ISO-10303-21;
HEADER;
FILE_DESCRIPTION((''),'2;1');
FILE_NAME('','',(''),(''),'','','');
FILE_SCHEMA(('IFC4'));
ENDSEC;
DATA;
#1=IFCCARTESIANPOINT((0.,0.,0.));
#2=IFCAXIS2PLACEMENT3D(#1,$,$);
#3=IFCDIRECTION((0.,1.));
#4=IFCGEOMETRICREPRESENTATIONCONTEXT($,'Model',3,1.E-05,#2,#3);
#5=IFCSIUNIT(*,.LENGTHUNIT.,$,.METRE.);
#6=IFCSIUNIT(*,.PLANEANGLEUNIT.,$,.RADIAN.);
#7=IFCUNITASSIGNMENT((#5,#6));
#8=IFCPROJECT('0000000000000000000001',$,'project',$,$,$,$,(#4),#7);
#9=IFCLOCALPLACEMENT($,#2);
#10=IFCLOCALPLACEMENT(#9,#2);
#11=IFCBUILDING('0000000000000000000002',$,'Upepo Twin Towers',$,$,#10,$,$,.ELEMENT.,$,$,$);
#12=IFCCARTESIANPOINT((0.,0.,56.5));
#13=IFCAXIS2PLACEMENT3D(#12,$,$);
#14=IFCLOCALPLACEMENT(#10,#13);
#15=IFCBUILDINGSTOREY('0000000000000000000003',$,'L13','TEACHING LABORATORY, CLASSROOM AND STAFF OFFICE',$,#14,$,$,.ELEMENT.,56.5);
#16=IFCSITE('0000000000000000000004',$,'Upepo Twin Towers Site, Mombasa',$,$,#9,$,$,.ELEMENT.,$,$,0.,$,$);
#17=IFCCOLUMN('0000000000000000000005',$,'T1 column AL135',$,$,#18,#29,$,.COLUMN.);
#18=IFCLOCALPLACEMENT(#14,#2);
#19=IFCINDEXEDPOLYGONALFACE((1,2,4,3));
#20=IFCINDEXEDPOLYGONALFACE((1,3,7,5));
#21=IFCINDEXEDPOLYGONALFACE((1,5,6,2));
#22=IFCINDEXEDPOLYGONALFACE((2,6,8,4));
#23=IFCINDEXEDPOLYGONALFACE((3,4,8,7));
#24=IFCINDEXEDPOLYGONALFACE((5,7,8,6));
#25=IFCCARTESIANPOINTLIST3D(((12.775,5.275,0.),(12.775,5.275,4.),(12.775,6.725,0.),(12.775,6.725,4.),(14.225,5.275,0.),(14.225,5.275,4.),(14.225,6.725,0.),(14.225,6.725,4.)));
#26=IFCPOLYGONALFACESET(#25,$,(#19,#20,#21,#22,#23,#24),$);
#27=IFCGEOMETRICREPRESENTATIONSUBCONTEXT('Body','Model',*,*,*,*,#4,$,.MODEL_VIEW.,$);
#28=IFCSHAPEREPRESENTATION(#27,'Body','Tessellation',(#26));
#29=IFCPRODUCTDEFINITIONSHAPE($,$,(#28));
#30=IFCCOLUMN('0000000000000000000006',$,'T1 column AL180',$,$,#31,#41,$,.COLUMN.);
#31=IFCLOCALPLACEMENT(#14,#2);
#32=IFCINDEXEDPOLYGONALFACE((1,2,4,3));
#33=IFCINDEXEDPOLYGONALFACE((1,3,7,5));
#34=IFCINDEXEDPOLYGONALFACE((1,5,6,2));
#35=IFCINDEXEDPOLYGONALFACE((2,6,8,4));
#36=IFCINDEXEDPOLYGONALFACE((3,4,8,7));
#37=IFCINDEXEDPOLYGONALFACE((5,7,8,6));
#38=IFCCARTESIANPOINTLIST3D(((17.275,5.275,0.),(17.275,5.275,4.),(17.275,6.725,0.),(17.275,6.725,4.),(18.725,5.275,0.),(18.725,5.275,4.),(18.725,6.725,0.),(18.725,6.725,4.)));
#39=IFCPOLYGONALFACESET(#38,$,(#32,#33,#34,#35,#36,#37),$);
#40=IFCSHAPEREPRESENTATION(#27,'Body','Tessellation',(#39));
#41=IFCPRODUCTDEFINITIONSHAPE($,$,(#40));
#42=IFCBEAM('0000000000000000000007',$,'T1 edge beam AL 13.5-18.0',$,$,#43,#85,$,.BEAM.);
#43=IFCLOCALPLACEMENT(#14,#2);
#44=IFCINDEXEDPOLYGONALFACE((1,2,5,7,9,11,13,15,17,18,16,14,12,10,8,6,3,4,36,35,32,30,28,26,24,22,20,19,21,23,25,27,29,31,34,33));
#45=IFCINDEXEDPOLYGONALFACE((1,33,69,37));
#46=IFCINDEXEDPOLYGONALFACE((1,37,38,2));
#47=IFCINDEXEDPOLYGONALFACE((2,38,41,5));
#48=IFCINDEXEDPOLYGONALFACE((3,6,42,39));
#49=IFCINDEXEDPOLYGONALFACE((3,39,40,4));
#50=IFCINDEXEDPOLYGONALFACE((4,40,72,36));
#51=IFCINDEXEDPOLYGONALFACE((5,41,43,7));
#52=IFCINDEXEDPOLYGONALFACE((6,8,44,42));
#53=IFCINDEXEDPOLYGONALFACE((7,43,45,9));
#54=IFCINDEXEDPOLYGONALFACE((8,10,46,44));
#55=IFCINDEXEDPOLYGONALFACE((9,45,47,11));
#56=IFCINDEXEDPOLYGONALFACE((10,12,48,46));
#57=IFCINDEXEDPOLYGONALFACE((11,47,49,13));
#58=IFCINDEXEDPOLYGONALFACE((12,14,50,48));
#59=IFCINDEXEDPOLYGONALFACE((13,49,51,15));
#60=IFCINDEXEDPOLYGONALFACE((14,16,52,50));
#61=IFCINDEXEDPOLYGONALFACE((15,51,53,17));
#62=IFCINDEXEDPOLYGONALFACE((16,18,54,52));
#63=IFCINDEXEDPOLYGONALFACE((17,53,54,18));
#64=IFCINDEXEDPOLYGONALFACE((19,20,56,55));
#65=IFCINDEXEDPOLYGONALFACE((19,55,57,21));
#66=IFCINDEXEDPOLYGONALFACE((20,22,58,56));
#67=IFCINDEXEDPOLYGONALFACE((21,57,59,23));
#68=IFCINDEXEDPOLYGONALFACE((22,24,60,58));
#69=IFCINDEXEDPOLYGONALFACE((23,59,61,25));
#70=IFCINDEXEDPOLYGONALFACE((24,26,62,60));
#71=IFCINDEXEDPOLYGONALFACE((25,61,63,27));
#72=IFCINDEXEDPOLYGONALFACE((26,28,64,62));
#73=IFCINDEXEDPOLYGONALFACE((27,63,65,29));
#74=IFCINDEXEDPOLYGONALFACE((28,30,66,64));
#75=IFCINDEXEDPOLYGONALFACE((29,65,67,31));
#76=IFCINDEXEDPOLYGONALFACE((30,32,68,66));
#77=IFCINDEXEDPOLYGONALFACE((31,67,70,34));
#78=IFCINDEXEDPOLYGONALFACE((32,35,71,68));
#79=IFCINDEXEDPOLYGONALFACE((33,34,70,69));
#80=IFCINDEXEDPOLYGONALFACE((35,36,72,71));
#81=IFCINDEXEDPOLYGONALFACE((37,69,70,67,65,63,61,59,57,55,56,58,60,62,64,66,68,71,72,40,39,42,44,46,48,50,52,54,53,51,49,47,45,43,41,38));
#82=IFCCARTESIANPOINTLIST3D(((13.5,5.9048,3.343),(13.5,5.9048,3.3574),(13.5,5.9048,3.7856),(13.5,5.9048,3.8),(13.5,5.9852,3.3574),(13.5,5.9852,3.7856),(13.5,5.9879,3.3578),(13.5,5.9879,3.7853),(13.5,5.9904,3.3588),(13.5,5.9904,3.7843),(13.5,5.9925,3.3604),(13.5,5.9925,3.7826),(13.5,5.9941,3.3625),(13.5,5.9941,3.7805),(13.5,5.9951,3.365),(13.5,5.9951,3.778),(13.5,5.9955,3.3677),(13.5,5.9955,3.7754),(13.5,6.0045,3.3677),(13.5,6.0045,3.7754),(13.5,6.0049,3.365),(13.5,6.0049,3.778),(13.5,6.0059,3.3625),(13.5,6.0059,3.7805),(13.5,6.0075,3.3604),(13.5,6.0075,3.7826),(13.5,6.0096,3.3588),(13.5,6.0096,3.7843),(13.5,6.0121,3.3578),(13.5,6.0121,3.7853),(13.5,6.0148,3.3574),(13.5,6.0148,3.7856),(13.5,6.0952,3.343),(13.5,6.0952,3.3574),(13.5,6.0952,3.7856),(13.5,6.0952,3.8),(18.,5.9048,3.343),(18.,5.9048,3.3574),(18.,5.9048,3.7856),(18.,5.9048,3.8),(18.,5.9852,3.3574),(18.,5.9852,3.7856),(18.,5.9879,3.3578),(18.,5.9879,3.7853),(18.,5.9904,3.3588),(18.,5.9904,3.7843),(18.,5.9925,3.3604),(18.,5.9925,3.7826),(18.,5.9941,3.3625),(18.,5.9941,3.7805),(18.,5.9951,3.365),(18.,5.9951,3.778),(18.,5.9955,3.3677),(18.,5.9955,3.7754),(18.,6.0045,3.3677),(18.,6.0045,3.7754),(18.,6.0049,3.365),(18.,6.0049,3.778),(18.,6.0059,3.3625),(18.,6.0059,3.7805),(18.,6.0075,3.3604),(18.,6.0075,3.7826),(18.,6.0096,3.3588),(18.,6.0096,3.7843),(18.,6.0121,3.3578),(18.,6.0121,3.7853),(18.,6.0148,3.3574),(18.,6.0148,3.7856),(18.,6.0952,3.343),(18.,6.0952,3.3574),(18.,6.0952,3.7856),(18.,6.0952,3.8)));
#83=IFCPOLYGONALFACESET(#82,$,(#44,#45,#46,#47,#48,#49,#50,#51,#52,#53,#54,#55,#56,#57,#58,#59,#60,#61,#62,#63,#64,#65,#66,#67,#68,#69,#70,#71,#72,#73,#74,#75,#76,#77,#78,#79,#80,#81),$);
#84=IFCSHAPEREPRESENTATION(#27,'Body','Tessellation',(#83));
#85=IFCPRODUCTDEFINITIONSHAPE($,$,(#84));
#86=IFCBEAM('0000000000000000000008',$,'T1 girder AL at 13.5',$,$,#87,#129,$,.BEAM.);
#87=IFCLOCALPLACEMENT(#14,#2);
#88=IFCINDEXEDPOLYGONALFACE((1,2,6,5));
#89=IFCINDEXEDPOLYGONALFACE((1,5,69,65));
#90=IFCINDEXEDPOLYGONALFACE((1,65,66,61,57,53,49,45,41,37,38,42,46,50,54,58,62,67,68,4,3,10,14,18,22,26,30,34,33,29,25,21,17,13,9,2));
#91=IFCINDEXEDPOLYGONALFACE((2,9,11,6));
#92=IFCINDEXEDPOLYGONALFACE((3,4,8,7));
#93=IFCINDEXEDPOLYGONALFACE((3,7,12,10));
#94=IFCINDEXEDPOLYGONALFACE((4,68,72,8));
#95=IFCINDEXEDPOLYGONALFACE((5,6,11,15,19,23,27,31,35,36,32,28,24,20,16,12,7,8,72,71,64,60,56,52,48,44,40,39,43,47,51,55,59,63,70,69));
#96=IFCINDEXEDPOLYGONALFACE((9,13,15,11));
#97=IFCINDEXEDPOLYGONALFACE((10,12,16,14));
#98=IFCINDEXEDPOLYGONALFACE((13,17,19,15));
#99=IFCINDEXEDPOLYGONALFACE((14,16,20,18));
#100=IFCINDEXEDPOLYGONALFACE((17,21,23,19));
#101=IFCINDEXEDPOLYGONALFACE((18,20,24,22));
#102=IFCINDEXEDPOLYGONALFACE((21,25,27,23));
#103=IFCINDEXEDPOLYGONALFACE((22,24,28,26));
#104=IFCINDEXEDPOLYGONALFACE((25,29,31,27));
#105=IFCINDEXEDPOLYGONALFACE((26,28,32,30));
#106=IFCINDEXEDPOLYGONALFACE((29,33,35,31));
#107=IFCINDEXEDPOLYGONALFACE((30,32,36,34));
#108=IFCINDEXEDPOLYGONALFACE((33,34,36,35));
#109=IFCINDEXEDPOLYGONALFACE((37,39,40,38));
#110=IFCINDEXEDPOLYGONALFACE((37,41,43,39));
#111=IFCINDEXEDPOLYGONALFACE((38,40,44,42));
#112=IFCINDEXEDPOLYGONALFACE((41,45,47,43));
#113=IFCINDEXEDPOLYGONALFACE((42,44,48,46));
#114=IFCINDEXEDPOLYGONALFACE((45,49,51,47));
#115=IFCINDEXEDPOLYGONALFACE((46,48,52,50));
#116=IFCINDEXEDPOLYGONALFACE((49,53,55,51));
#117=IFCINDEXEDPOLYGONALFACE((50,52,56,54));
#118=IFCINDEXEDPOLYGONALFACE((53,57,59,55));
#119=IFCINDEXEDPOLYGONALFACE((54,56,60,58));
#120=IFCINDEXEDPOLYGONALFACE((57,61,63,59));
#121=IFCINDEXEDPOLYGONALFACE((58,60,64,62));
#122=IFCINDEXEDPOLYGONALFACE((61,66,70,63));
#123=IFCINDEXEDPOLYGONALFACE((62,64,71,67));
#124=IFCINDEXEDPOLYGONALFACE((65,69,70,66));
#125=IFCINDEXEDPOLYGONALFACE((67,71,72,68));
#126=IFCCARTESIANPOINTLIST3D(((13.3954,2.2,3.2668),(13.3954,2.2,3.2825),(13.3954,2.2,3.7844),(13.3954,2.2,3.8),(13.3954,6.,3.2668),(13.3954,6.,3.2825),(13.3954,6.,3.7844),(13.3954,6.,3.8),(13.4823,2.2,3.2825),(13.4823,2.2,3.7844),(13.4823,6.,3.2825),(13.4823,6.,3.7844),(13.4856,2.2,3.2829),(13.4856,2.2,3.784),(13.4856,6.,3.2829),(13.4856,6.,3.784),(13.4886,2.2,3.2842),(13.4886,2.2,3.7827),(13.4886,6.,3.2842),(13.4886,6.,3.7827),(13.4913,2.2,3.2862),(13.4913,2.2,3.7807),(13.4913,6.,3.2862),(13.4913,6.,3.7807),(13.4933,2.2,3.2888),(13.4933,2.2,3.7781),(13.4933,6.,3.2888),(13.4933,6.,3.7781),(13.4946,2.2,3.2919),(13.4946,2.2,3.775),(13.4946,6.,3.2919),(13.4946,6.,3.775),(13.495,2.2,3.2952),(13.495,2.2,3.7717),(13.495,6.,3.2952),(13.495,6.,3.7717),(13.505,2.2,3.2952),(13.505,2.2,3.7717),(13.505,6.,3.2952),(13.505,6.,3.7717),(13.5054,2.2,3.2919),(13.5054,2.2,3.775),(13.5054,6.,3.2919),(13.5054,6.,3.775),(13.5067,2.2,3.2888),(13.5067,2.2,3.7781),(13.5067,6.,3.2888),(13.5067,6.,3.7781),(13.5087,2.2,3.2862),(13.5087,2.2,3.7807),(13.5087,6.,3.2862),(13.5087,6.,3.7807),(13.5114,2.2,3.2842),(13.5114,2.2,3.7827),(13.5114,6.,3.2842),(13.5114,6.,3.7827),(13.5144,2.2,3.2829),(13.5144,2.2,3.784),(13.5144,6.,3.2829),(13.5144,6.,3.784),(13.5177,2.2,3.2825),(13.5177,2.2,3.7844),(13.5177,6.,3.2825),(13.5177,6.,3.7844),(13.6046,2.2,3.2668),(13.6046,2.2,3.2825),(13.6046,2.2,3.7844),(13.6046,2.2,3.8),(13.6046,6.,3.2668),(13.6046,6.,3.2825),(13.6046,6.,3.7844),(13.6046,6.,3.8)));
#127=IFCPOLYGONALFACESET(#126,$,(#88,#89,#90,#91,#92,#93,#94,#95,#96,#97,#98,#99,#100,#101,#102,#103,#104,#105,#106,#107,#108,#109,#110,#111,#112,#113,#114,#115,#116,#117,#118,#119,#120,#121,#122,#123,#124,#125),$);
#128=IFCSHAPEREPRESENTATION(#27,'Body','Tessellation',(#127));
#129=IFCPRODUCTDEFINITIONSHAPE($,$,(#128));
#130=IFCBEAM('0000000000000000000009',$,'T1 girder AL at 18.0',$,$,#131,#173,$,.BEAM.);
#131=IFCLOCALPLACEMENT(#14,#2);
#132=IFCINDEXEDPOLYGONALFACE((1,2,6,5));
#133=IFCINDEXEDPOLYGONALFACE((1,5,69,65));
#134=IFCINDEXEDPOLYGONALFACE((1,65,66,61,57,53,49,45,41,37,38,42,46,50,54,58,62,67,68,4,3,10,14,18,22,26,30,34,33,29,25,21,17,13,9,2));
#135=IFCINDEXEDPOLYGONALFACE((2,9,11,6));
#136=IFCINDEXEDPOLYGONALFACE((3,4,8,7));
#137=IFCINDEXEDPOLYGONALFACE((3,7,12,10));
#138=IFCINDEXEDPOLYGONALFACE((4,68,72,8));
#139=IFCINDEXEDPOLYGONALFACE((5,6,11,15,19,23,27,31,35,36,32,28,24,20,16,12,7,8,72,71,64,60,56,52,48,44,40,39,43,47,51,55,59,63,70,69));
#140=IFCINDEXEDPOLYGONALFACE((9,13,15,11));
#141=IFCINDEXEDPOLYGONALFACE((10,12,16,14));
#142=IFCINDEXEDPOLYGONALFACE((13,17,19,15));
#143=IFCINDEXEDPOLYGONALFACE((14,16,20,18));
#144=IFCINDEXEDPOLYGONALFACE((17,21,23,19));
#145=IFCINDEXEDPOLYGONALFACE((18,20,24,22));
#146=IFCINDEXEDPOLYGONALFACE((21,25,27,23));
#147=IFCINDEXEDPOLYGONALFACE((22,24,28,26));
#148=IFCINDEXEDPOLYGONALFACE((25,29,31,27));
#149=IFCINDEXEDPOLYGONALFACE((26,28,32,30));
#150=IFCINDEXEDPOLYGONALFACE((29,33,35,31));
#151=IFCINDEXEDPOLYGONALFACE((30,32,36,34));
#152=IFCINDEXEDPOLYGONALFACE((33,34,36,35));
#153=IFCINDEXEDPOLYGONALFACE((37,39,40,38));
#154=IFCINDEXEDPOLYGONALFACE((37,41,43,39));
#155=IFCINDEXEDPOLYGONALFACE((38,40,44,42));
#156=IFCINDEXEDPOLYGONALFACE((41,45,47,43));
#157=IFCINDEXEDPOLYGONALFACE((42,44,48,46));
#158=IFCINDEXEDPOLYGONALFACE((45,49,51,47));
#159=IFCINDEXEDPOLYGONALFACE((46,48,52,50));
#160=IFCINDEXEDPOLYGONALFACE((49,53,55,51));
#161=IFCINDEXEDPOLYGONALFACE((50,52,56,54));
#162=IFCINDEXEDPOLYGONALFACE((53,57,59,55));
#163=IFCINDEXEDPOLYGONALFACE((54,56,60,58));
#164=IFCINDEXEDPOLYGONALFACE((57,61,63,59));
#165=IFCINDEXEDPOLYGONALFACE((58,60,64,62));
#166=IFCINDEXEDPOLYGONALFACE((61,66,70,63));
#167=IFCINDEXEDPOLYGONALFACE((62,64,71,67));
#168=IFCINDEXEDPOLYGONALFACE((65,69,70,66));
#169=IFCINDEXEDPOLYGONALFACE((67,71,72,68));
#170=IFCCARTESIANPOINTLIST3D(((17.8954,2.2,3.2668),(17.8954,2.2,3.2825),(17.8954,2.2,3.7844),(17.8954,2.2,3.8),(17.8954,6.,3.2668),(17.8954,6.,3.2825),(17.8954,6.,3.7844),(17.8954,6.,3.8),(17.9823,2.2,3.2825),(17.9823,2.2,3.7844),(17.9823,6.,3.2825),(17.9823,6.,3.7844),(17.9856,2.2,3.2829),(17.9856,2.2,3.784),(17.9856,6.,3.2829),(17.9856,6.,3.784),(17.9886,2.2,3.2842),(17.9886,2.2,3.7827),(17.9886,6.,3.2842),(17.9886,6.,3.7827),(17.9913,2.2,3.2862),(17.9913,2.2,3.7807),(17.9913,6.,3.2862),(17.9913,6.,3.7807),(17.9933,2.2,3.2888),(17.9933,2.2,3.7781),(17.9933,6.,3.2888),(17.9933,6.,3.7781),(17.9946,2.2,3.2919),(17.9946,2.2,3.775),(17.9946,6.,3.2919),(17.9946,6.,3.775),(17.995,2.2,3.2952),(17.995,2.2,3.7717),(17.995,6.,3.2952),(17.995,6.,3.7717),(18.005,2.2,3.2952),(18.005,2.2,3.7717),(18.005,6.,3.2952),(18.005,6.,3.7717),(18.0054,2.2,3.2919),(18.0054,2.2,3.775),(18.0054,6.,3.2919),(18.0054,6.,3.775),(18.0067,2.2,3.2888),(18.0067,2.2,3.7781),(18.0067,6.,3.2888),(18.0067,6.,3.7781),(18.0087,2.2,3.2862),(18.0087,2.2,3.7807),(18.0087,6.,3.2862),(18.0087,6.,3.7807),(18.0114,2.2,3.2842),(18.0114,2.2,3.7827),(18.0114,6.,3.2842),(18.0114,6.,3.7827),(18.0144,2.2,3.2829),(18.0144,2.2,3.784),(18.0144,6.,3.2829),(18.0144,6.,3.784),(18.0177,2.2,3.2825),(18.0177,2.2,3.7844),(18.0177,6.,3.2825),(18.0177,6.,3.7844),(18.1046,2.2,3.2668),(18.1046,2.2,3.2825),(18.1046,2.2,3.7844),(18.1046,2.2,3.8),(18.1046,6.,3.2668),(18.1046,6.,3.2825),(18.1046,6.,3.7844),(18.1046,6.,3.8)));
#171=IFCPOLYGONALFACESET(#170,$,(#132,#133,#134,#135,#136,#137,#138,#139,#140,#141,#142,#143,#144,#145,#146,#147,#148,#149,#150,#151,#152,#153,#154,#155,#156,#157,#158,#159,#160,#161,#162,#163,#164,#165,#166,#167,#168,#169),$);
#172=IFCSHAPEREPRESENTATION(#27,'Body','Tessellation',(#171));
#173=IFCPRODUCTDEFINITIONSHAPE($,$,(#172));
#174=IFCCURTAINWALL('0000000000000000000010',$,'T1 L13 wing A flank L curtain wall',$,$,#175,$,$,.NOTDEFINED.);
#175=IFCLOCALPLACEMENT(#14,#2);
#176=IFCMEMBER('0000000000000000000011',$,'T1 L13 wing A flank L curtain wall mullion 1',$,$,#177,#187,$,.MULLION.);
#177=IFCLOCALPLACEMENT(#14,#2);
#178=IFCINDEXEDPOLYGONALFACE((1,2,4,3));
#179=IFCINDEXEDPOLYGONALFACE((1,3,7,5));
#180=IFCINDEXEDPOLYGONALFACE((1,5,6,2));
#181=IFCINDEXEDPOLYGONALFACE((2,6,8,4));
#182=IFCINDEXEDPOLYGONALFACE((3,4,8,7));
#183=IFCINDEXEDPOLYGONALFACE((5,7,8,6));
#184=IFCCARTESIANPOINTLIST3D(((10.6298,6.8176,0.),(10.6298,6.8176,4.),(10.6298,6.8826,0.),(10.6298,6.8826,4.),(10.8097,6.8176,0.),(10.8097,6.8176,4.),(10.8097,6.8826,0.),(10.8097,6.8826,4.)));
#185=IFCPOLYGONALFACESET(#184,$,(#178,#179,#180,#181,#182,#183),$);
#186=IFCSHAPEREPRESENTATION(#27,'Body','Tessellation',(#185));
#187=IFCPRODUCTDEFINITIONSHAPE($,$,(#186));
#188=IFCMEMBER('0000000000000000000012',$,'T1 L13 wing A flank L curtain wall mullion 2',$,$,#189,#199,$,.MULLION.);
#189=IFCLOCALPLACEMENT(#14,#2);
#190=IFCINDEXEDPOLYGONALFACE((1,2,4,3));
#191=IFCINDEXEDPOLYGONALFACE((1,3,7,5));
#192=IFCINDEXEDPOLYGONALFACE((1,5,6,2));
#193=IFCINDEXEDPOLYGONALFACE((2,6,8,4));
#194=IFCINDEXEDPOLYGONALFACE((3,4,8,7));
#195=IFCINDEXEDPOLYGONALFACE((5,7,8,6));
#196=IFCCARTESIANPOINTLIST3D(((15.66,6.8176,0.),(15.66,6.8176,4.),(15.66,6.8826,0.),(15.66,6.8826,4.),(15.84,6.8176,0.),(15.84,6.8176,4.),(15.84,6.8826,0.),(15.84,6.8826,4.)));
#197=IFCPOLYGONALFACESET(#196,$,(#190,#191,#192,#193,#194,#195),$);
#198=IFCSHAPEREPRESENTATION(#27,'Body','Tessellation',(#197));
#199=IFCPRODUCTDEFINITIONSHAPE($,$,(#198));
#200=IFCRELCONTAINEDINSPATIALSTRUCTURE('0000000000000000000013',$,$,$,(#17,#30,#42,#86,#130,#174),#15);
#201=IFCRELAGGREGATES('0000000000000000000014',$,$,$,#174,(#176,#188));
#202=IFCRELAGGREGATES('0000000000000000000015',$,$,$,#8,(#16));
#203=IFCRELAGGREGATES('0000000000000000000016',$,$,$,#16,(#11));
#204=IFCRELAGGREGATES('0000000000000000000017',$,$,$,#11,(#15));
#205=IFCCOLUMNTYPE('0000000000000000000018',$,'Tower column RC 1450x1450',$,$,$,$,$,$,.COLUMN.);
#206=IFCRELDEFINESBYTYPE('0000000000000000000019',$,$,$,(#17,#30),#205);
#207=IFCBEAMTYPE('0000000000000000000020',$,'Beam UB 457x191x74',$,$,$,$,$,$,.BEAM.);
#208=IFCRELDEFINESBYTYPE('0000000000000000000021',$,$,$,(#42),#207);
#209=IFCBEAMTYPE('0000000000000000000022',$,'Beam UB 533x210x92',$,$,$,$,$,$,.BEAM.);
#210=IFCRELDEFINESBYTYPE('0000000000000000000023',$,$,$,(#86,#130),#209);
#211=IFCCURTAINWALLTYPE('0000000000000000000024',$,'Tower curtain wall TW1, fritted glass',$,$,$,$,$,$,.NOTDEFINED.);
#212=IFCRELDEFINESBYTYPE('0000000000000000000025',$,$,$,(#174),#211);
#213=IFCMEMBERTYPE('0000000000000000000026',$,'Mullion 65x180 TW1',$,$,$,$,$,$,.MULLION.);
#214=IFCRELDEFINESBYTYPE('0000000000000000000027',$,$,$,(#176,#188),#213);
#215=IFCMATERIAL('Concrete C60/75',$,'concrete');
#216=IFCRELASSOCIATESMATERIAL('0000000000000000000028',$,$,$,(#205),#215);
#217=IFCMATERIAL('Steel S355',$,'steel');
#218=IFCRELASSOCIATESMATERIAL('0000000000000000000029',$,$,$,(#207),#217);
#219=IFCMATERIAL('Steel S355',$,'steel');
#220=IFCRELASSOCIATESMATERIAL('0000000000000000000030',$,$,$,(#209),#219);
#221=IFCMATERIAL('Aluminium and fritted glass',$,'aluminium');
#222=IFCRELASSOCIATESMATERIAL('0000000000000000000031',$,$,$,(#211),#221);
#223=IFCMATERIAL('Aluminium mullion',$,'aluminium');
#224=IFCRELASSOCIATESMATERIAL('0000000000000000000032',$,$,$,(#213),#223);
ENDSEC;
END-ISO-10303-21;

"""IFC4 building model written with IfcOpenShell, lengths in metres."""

from ifc_helpers import new_model, si_unit, direction, frame, origin, origin_2d, place, context, subcontext, project, spatial, rectangle, i_section, extrude, material, material_profile, profile_set, type_object, element, aggregate, save


model = new_model("IFC4")

# Units and contexts
model_context = context("Model", 3, precision=1e-05, world=origin(), true_north=direction((0.0, 1.0)))
body_context = subcontext(model_context, "Body", "Model", "MODEL_VIEW")
ifc_project = project(units=[si_unit("LENGTHUNIT", "METRE"), si_unit("PLANEANGLEUNIT", "RADIAN")], contexts=[model_context])

# Site, building, storey
site_placement = place(None, origin())
site = spatial("IfcSite", under=ifc_project, at=site_placement, Name="Upepo Twin Towers Site, Mombasa", CompositionType="ELEMENT", RefElevation=0.0)
building_placement = place(site_placement, origin())
building = spatial("IfcBuilding", under=site, at=building_placement, Name="Upepo Twin Towers", CompositionType="ELEMENT")
storey_placement = place(building_placement, frame((0.0, 0.0, 56.5)))
storey = spatial("IfcBuildingStorey", under=building, at=storey_placement, Name="L13", Description="TEACHING LABORATORY, CLASSROOM AND STAFF OFFICE", CompositionType="ELEMENT", Elevation=56.5)

# Columns
ifc_material_1 = material(Name="Concrete C60/75", Category="concrete")
ifc_material_profile_1 = material_profile(ifc_material_1, rectangle(XDim=1.45, YDim=1.45, at=origin_2d()), Name="RC 1450x1450")
ifc_profile_set_1 = profile_set([ifc_material_profile_1], Name="Concrete C60/75")
column_type = type_object("IfcColumnType", Name="Tower column RC 1450x1450", PredefinedType="COLUMN", material=ifc_profile_set_1)
for number, where, z_axis, x_axis, name in (
    (1, (13.5, 6.0, 0.0), (0.0, 0.0, 1.0), (1.0, 0.0, 0.0), "T1 column AL135"),
    (2, (18.0, 6.0, 0.0), (0.0, 0.0, 1.0), (1.0, 0.0, 0.0), "T1 column AL180"),
):
    element("IfcColumn", number, at=place(storey_placement, frame(where, z_axis=z_axis, x_axis=x_axis)), inside=storey, type_object=column_type, Name=name, PredefinedType="COLUMN", context=body_context, shape_type="SweptSolid", body=[
        extrude(rectangle(XDim=1.45, YDim=1.45, at=origin_2d()), origin(), (0.0, 0.0, 1.0), 4.0),
    ])

# Beams
ifc_material_2 = material(Name="Steel S355", Category="steel")
ifc_material_profile_2 = material_profile(ifc_material_2, i_section(OverallWidth=0.1904, OverallDepth=0.457, WebThickness=0.009, FlangeThickness=0.0144, FilletRadius=0.0103, at=origin_2d()), Name="UB 457x191x74")
ifc_profile_set_2 = profile_set([ifc_material_profile_2], Name="Steel S355")
beam_type_1 = type_object("IfcBeamType", Name="Beam UB 457x191x74", PredefinedType="BEAM", material=ifc_profile_set_2)
beam_placement = place(storey_placement, frame((13.5, 6.0, 3.5715), z_axis=(1.0, 0.0, 0.0), x_axis=(0.0, 1.0, 0.0)))
element("IfcBeam", 3, at=beam_placement, inside=storey, type_object=beam_type_1, Name="T1 edge beam AL 13.5-18.0", PredefinedType="BEAM", context=body_context, shape_type="SweptSolid", body=[
    extrude(i_section(OverallWidth=0.1904, OverallDepth=0.457, WebThickness=0.009, FlangeThickness=0.0144, FilletRadius=0.0103, at=origin_2d()), origin(), (0.0, 0.0, 1.0), 4.5),
])
ifc_material_3 = material(Name="Steel S355", Category="steel")
ifc_material_profile_3 = material_profile(ifc_material_3, i_section(OverallWidth=0.2092, OverallDepth=0.5332, WebThickness=0.01, FlangeThickness=0.0156, FilletRadius=0.0127, at=origin_2d()), Name="UB 533x210x92")
ifc_profile_set_3 = profile_set([ifc_material_profile_3], Name="Steel S355")
beam_type_2 = type_object("IfcBeamType", Name="Beam UB 533x210x92", PredefinedType="BEAM", material=ifc_profile_set_3)
for number, where, z_axis, x_axis, name in (
    (4, (13.5, 6.0, 3.5334), (0.0, -1.0, 0.0), (1.0, 0.0, 0.0), "T1 girder AL at 13.5"),
    (5, (18.0, 6.0, 3.5334), (0.0, -1.0, 0.0), (1.0, 0.0, 0.0), "T1 girder AL at 18.0"),
):
    element("IfcBeam", number, at=place(storey_placement, frame(where, z_axis=z_axis, x_axis=x_axis)), inside=storey, type_object=beam_type_2, Name=name, PredefinedType="BEAM", context=body_context, shape_type="SweptSolid", body=[
        extrude(i_section(OverallWidth=0.2092, OverallDepth=0.5332, WebThickness=0.01, FlangeThickness=0.0156, FilletRadius=0.0127, at=origin_2d()), origin(), (0.0, 0.0, 1.0), 3.8),
    ])

# Curtain wall, members
ifc_material_4 = material(Name="Aluminium and fritted glass", Category="aluminium")
curtain_wall_type = type_object("IfcCurtainWallType", Name="Tower curtain wall TW1, fritted glass", PredefinedType="NOTDEFINED", material=ifc_material_4)
curtain_wall_placement = place(storey_placement, origin())
curtain_wall = element("IfcCurtainWall", 6, at=curtain_wall_placement, inside=storey, type_object=curtain_wall_type, Name="T1 L13 wing A flank L curtain wall", PredefinedType="NOTDEFINED")
ifc_material_5 = material(Name="Aluminium mullion", Category="aluminium")
ifc_material_profile_4 = material_profile(ifc_material_5, rectangle(XDim=0.0649, YDim=0.1799, at=origin_2d()), Name="MULLION 65x180")
ifc_profile_set_4 = profile_set([ifc_material_profile_4], Name="Aluminium mullion")
member_type_1 = type_object("IfcMemberType", Name="Mullion 65x180 TW1", PredefinedType="MULLION", material=ifc_profile_set_4)
member_1_placement = place(storey_placement, frame((10.7197, 6.8501, 0.0), z_axis=(0.0, 0.0, 1.0), x_axis=(0.0, 1.0, 0.0)))
member_1 = element("IfcMember", 7, at=member_1_placement, type_object=member_type_1, Name="T1 L13 wing A flank L curtain wall mullion 1", PredefinedType="MULLION", context=body_context, shape_type="SweptSolid", body=[
    extrude(rectangle(XDim=0.0649, YDim=0.1799, at=origin_2d()), origin(), (0.0, 0.0, 1.0), 4.0),
])
member_2_placement = place(storey_placement, frame((15.75, 6.8501, 0.0), z_axis=(0.0, 0.0, 1.0), x_axis=(0.0, 1.0, 0.0)))
member_2 = element("IfcMember", 8, at=member_2_placement, type_object=member_type_1, Name="T1 L13 wing A flank L curtain wall mullion 2", PredefinedType="MULLION", context=body_context, shape_type="SweptSolid", body=[
    extrude(rectangle(XDim=0.0649, YDim=0.1799, at=origin_2d()), origin(), (0.0, 0.0, 1.0), 4.0),
])
aggregate(curtain_wall, [member_1, member_2])

save(model, "model.ifc")
